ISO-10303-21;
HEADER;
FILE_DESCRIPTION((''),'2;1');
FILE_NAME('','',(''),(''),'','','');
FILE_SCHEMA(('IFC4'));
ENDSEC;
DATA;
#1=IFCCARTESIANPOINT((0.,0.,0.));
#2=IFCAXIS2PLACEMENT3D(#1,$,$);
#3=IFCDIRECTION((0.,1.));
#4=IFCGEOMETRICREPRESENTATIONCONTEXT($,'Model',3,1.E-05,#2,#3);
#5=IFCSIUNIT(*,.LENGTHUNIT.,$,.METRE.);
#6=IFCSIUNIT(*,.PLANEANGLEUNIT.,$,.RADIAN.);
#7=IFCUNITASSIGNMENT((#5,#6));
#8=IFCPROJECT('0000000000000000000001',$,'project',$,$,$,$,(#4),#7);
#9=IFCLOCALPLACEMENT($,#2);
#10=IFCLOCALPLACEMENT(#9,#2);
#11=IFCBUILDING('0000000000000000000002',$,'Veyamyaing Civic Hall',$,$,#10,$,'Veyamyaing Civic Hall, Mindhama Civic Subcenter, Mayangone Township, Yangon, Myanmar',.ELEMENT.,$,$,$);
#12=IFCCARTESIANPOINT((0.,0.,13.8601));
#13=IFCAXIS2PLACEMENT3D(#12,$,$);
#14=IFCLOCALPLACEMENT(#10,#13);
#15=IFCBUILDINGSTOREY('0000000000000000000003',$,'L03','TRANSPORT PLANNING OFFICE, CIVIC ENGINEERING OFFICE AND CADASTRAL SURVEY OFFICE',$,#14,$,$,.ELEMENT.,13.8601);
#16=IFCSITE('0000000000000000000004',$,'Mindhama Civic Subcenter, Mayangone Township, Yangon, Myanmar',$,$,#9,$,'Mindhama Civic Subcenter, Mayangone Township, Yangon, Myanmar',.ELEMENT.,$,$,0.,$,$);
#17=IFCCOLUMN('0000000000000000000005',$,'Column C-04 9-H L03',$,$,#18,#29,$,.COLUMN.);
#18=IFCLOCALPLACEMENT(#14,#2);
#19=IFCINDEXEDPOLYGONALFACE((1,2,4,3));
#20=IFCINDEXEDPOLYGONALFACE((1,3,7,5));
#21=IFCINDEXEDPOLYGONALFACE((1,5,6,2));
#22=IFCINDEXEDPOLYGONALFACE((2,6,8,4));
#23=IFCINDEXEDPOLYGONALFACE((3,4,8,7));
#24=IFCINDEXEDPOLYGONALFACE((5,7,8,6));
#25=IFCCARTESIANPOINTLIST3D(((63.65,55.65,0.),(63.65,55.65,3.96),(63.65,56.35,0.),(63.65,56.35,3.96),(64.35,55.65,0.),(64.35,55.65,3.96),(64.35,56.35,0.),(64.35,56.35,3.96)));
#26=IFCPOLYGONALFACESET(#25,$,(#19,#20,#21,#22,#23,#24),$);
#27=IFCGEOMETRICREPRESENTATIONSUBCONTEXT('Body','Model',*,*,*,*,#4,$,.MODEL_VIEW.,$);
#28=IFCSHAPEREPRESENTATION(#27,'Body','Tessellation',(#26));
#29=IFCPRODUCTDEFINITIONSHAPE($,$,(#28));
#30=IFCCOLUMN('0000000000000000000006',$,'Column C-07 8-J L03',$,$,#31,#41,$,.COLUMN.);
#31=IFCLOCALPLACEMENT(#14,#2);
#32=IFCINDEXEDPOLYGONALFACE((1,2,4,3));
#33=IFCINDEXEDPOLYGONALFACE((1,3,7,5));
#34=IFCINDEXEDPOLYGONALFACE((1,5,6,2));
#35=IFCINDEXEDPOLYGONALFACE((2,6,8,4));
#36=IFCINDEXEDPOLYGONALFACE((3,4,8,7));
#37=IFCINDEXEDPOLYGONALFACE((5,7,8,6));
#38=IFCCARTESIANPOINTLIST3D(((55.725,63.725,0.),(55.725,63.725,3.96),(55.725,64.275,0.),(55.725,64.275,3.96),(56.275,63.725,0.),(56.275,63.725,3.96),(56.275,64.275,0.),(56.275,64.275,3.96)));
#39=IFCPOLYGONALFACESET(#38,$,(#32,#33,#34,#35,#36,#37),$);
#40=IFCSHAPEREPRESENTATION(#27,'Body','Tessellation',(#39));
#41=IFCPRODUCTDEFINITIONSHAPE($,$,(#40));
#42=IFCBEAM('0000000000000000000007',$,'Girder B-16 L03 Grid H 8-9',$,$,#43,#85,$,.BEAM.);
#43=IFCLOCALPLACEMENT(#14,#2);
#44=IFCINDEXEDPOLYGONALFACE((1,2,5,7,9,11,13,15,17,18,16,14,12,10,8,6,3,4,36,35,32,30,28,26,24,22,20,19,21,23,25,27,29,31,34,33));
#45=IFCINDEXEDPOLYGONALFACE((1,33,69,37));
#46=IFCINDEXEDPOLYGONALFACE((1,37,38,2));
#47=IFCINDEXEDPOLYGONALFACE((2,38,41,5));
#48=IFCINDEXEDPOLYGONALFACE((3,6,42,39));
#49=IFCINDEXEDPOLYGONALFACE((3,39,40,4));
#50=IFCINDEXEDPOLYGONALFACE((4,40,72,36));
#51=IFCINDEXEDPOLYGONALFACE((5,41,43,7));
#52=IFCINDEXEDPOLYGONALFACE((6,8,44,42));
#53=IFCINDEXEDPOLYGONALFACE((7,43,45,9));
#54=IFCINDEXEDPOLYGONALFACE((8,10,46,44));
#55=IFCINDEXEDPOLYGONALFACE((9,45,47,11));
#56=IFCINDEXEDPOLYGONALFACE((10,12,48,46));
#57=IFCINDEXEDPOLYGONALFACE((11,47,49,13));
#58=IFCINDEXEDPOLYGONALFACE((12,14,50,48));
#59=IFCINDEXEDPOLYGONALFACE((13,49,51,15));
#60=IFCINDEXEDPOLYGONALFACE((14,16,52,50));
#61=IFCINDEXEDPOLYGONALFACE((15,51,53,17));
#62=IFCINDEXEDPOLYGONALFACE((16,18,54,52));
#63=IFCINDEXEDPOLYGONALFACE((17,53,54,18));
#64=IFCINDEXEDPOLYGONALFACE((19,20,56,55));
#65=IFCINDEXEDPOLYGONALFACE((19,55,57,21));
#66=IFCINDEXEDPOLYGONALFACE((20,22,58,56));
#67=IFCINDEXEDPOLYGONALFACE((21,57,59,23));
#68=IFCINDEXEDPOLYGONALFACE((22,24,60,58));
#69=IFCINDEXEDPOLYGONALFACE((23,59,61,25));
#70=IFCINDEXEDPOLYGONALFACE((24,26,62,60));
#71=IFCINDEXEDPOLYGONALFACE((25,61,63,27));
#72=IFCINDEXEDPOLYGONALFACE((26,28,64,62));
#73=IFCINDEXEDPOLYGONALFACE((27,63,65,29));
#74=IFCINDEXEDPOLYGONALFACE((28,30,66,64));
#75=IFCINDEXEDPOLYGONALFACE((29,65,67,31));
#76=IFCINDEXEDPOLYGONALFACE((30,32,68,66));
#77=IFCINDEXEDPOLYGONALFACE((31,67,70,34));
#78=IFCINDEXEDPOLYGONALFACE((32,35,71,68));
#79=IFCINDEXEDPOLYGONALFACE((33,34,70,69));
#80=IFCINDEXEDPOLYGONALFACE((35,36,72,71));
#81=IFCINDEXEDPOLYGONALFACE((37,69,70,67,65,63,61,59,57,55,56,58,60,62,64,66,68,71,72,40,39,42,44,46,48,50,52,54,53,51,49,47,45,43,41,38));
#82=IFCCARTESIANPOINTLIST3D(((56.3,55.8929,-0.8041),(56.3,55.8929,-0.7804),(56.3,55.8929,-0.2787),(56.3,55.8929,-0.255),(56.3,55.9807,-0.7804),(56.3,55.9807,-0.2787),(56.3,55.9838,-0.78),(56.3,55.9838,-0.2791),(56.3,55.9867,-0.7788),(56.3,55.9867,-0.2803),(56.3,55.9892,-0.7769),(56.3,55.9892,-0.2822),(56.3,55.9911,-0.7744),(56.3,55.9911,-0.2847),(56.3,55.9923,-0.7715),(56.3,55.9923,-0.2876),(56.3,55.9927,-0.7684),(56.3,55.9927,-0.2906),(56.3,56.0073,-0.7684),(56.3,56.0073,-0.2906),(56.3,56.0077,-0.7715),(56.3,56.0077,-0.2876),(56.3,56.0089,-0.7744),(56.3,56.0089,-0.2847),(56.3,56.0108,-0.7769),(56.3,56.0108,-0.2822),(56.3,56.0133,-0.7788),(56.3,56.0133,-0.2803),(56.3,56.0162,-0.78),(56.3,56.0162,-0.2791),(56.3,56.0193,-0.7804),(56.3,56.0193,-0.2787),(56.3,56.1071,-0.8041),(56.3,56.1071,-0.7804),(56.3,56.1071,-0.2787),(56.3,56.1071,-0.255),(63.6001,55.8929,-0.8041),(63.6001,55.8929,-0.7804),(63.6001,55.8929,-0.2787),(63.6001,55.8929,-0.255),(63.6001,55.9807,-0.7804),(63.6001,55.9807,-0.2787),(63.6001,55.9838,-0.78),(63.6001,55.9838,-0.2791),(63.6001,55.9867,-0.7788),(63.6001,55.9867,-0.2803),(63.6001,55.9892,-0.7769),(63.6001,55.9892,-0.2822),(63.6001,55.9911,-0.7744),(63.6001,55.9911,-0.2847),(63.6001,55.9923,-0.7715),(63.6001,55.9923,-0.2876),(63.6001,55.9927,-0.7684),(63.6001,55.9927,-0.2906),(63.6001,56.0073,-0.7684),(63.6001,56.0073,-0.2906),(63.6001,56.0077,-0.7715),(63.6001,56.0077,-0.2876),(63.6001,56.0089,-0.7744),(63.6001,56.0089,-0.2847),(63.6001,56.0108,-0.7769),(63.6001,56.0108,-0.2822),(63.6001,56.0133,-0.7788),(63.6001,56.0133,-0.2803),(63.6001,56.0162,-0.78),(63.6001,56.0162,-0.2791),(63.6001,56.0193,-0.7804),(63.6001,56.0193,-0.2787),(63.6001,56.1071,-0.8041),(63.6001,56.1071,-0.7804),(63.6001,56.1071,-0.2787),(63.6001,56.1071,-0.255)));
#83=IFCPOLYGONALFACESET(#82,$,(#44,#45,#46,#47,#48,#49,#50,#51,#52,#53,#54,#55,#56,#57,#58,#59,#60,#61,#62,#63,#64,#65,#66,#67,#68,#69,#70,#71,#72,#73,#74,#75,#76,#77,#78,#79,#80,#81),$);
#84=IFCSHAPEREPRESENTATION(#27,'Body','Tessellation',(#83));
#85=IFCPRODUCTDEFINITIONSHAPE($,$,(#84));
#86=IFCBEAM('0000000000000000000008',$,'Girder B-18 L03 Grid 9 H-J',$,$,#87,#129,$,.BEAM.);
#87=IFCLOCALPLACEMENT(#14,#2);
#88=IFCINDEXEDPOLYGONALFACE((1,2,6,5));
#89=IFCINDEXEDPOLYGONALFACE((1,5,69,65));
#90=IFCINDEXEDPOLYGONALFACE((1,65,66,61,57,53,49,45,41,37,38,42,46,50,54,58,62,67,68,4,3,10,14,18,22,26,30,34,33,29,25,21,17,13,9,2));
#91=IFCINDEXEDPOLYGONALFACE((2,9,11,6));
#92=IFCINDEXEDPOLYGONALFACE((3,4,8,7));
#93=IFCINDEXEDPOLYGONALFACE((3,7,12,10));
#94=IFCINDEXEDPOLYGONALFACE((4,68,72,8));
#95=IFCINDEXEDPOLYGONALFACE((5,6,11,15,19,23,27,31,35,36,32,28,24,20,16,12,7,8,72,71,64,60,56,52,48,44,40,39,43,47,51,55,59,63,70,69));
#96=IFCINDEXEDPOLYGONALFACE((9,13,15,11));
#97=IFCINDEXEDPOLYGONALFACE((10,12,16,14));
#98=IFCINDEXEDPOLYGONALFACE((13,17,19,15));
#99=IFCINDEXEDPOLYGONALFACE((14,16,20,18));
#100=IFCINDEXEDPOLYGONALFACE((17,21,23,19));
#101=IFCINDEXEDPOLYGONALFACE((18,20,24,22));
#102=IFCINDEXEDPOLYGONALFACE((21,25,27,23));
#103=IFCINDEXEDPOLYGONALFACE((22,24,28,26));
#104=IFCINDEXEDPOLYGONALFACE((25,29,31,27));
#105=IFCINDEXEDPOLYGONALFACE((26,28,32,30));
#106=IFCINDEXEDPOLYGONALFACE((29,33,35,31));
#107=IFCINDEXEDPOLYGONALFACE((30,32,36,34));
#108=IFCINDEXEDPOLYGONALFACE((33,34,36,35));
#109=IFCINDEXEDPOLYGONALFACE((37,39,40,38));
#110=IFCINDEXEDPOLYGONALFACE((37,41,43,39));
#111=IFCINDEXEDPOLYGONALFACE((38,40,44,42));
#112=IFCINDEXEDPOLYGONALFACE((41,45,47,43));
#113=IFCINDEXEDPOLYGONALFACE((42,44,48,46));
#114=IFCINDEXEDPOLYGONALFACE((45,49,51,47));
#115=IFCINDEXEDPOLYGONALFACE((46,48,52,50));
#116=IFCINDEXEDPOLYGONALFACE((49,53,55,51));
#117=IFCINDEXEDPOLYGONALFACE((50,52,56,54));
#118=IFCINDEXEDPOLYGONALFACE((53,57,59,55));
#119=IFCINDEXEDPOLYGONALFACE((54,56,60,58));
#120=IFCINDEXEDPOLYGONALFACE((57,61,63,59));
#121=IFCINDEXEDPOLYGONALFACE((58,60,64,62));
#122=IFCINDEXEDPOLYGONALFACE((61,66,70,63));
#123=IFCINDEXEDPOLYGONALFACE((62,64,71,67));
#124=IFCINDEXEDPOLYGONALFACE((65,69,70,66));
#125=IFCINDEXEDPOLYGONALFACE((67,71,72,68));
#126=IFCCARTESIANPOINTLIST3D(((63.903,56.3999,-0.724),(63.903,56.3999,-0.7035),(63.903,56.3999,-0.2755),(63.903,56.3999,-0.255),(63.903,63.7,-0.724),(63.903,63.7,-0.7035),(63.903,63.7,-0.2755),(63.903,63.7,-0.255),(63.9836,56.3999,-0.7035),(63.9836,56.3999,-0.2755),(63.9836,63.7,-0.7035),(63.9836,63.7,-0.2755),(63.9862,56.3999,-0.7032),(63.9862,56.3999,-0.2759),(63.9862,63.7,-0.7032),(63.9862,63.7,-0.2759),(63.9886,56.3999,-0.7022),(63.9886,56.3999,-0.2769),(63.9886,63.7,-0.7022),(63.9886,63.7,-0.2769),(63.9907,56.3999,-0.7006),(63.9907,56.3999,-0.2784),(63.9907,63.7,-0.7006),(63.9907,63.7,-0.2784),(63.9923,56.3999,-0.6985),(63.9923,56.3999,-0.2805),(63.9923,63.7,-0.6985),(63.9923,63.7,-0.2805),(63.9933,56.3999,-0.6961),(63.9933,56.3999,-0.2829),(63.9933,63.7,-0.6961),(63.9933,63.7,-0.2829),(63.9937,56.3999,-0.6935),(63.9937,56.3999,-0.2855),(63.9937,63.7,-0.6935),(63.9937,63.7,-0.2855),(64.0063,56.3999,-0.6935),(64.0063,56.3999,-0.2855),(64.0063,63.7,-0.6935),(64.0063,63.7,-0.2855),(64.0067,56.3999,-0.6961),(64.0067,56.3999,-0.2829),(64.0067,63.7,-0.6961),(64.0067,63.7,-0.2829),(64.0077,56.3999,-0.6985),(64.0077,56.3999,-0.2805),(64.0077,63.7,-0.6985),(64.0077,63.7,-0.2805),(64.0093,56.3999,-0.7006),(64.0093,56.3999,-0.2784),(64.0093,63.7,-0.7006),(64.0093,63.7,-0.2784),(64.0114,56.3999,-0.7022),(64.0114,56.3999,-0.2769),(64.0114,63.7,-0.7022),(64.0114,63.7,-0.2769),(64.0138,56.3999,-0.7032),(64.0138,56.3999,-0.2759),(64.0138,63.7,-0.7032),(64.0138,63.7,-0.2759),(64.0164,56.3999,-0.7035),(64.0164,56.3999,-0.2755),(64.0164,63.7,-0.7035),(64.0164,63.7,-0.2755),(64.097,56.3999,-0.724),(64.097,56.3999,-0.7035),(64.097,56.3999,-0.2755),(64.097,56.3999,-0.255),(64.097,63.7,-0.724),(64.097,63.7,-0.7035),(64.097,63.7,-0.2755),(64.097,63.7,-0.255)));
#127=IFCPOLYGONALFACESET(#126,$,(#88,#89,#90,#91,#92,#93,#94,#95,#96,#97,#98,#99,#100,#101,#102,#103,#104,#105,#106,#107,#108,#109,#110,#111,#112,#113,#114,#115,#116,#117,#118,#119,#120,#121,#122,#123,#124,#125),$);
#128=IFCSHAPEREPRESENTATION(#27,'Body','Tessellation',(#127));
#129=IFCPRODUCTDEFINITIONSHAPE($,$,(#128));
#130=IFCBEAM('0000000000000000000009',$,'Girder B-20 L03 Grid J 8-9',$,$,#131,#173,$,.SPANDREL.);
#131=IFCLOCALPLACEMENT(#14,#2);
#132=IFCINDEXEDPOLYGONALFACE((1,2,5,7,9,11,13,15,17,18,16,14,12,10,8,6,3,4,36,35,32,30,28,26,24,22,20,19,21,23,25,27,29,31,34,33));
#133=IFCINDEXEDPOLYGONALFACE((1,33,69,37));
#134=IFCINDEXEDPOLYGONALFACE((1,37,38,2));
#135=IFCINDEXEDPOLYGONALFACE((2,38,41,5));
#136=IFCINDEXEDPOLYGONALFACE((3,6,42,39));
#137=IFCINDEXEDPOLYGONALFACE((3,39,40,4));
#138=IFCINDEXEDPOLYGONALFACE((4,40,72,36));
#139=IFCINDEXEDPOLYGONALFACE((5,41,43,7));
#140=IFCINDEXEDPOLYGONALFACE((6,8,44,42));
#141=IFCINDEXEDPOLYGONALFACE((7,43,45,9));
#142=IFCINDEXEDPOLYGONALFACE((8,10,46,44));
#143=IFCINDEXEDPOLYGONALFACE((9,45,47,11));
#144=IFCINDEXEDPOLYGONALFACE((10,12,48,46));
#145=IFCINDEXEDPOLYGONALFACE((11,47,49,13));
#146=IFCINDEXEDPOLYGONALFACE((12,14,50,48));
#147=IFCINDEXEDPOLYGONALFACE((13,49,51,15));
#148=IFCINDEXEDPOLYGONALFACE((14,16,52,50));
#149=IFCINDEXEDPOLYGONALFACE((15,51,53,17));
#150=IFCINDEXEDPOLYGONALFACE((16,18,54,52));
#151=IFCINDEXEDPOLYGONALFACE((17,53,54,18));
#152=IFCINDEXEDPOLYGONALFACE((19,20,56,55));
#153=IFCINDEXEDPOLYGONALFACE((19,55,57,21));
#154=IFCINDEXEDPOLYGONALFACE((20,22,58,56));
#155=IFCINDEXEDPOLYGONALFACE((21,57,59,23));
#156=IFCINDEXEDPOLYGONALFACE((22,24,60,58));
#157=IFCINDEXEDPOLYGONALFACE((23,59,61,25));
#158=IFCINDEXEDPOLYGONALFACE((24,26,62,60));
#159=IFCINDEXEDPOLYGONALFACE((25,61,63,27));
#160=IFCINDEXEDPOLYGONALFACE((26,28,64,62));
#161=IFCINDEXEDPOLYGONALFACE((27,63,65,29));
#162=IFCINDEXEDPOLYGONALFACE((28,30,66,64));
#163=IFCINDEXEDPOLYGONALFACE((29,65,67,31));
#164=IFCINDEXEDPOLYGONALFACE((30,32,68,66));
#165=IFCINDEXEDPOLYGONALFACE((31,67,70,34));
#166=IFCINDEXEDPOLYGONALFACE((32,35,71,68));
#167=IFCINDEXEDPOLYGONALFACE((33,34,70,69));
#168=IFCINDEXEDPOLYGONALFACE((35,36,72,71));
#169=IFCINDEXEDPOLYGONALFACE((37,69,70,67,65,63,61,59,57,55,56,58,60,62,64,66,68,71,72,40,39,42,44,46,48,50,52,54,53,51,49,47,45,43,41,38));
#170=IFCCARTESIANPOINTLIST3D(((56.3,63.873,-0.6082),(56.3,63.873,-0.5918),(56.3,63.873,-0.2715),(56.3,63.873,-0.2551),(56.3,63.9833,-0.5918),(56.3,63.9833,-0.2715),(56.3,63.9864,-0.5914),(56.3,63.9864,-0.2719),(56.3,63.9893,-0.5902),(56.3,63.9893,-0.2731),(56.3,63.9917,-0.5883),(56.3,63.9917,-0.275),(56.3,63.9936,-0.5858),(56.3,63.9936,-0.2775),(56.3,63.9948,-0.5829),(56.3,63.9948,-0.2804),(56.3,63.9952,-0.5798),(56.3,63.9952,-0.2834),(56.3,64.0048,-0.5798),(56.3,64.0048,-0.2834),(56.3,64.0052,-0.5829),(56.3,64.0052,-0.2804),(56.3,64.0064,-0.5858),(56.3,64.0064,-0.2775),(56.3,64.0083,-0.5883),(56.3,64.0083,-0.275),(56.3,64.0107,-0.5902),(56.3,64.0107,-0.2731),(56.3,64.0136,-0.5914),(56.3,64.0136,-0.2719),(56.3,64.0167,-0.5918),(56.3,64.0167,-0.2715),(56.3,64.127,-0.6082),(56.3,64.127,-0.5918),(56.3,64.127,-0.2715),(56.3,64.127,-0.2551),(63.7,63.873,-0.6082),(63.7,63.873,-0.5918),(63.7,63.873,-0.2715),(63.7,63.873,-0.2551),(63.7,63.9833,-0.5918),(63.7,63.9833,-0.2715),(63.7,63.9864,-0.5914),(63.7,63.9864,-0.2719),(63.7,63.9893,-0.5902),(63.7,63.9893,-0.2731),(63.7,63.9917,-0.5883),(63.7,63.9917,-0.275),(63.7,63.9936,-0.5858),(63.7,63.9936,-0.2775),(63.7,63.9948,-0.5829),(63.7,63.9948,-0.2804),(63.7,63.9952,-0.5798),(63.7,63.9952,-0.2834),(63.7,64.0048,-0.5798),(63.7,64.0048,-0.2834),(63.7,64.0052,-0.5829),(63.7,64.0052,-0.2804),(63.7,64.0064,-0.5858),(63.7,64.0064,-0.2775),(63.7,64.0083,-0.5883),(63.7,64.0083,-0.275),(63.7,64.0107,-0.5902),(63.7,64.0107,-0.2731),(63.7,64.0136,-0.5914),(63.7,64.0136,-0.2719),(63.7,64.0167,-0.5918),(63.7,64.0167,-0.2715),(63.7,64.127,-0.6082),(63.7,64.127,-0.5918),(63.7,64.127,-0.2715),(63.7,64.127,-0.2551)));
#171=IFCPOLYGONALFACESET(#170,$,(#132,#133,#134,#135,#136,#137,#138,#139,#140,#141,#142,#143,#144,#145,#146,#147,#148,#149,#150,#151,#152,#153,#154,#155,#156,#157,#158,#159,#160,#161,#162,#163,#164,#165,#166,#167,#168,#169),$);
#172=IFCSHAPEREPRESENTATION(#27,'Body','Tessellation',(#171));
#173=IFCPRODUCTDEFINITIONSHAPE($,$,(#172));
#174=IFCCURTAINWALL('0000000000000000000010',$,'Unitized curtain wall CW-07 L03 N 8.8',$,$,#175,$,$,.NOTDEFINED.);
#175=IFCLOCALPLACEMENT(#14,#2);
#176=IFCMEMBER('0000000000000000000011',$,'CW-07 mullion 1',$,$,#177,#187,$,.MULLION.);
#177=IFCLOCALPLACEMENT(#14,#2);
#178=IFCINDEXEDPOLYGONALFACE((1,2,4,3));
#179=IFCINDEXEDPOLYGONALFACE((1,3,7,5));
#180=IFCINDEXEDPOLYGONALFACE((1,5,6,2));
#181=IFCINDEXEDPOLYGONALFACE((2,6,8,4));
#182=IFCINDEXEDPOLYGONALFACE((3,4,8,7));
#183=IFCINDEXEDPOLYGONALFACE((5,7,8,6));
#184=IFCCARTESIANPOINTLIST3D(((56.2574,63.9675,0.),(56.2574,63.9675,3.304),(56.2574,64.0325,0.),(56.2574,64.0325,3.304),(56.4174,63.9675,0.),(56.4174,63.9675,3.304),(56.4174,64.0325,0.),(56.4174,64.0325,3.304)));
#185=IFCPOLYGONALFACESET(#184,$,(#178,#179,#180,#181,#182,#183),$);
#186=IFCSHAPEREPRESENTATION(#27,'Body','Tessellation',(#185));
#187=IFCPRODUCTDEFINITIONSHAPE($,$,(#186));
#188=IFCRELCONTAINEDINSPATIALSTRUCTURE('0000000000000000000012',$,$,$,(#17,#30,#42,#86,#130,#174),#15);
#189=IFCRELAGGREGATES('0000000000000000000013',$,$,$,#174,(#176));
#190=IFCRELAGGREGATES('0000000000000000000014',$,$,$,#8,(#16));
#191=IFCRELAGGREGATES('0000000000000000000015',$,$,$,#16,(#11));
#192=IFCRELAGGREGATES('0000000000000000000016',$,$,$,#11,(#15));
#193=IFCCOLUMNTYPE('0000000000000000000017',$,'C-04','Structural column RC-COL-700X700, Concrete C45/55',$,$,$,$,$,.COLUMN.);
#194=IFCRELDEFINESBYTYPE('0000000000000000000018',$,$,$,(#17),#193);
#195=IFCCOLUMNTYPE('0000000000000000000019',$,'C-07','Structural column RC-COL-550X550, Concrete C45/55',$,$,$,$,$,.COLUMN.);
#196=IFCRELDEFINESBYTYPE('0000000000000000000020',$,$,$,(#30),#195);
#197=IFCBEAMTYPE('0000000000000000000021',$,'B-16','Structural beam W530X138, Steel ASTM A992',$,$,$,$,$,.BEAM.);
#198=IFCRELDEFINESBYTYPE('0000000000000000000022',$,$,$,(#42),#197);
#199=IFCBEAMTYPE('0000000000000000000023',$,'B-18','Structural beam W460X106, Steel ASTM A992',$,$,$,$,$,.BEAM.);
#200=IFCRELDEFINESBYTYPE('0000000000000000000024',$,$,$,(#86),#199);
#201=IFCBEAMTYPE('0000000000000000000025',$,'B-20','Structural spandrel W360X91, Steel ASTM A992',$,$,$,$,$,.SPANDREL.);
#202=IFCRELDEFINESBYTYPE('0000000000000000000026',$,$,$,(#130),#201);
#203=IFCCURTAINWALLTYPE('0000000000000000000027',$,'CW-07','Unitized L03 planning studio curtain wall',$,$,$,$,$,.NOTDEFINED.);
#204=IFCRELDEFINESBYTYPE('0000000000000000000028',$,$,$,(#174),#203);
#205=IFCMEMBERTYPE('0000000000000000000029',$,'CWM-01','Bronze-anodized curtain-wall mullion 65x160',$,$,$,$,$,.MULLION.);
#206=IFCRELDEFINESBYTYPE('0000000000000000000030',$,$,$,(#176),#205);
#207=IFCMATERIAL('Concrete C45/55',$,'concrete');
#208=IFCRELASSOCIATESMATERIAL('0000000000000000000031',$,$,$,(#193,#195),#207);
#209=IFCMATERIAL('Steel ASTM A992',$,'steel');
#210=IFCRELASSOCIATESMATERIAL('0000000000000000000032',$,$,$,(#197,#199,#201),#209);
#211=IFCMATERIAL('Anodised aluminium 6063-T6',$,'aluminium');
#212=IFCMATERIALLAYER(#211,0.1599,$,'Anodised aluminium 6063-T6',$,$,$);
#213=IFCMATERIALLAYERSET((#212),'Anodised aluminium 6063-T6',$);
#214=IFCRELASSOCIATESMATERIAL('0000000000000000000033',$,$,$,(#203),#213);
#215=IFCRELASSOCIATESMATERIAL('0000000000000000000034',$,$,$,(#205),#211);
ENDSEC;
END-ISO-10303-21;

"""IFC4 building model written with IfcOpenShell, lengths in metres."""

from ifc_helpers import new_model, si_unit, direction, frame, origin, origin_2d, place, context, subcontext, project, spatial, rectangle, i_section, extrude, material, layer, layer_set, material_profile, profile_set, type_object, element, aggregate, save


model = new_model("IFC4")

# Units and contexts
model_context = context("Model", 3, precision=1e-05, world=origin(), true_north=direction((0.0, 1.0)))
body_context = subcontext(model_context, "Body", "Model", "MODEL_VIEW")
ifc_project = project(units=[si_unit("LENGTHUNIT", "METRE"), si_unit("PLANEANGLEUNIT", "RADIAN")], contexts=[model_context])

# Site, building, storey
site_placement = place(None, origin())
site = spatial("IfcSite", under=ifc_project, at=site_placement, Name="Mindhama Civic Subcenter, Mayangone Township, Yangon, Myanmar", LongName="Mindhama Civic Subcenter, Mayangone Township, Yangon, Myanmar", CompositionType="ELEMENT", RefElevation=0.0)
building_placement = place(site_placement, origin())
building = spatial("IfcBuilding", under=site, at=building_placement, Name="Veyamyaing Civic Hall", LongName="Veyamyaing Civic Hall, Mindhama Civic Subcenter, Mayangone Township, Yangon, Myanmar", CompositionType="ELEMENT")
storey_placement = place(building_placement, frame((0.0, 0.0, 13.8601)))
storey = spatial("IfcBuildingStorey", under=building, at=storey_placement, Name="L03", Description="TRANSPORT PLANNING OFFICE, CIVIC ENGINEERING OFFICE AND CADASTRAL SURVEY OFFICE", CompositionType="ELEMENT", Elevation=13.8601)

# Columns
ifc_material_1 = material(Name="Concrete C45/55", Category="concrete")
ifc_material_profile_1 = material_profile(ifc_material_1, rectangle(XDim=0.7, YDim=0.7, at=origin_2d()), Name="RC-COL-700X700")
ifc_profile_set_1 = profile_set([ifc_material_profile_1], Name="Concrete C45/55")
column_type_1 = type_object("IfcColumnType", Name="C-04", Description="Structural column RC-COL-700X700, Concrete C45/55", PredefinedType="COLUMN", material=ifc_profile_set_1)
column_1_placement = place(storey_placement, frame((64.0, 56.0, 0.0), z_axis=(0.0, 0.0, 1.0), x_axis=(1.0, 0.0, 0.0)))
element("IfcColumn", 1, at=column_1_placement, inside=storey, type_object=column_type_1, Name="Column C-04 9-H L03", PredefinedType="COLUMN", context=body_context, shape_type="SweptSolid", body=[
    extrude(rectangle(XDim=0.7, YDim=0.7, at=origin_2d()), origin(), (0.0, 0.0, 1.0), 3.96),
])
ifc_material_profile_2 = material_profile(ifc_material_1, rectangle(XDim=0.55, YDim=0.55, at=origin_2d()), Name="RC-COL-550X550")
ifc_profile_set_2 = profile_set([ifc_material_profile_2], Name="Concrete C45/55")
column_type_2 = type_object("IfcColumnType", Name="C-07", Description="Structural column RC-COL-550X550, Concrete C45/55", PredefinedType="COLUMN", material=ifc_profile_set_2)
column_2_placement = place(storey_placement, frame((56.0, 64.0, 0.0), z_axis=(0.0, 0.0, 1.0), x_axis=(1.0, 0.0, 0.0)))
element("IfcColumn", 2, at=column_2_placement, inside=storey, type_object=column_type_2, Name="Column C-07 8-J L03", PredefinedType="COLUMN", context=body_context, shape_type="SweptSolid", body=[
    extrude(rectangle(XDim=0.55, YDim=0.55, at=origin_2d()), origin(), (0.0, 0.0, 1.0), 3.96),
])

# Beams
ifc_material_2 = material(Name="Steel ASTM A992", Category="steel")
ifc_material_profile_3 = material_profile(ifc_material_2, i_section(OverallWidth=0.2141, OverallDepth=0.5491, WebThickness=0.0146, FlangeThickness=0.0237, FilletRadius=0.012, at=origin_2d()), Name="W530X138")
ifc_profile_set_3 = profile_set([ifc_material_profile_3], Name="Steel ASTM A992")
beam_type_1 = type_object("IfcBeamType", Name="B-16", Description="Structural beam W530X138, Steel ASTM A992", PredefinedType="BEAM", material=ifc_profile_set_3)
beam_1_placement = place(storey_placement, frame((56.3, 56.0, -0.5295), z_axis=(1.0, 0.0, 0.0), x_axis=(0.0, 1.0, 0.0)))
element("IfcBeam", 3, at=beam_1_placement, inside=storey, type_object=beam_type_1, Name="Girder B-16 L03 Grid H 8-9", PredefinedType="BEAM", context=body_context, shape_type="SweptSolid", body=[
    extrude(i_section(OverallWidth=0.2141, OverallDepth=0.5491, WebThickness=0.0146, FlangeThickness=0.0237, FilletRadius=0.012, at=origin_2d()), origin(), (0.0, 0.0, 1.0), 7.3),
])
ifc_material_profile_4 = material_profile(ifc_material_2, i_section(OverallWidth=0.1941, OverallDepth=0.469, WebThickness=0.0127, FlangeThickness=0.0205, FilletRadius=0.01, at=origin_2d()), Name="W460X106")
ifc_profile_set_4 = profile_set([ifc_material_profile_4], Name="Steel ASTM A992")
beam_type_2 = type_object("IfcBeamType", Name="B-18", Description="Structural beam W460X106, Steel ASTM A992", PredefinedType="BEAM", material=ifc_profile_set_4)
beam_2_placement = place(storey_placement, frame((64.0, 56.3999, -0.4895), z_axis=(0.0, 1.0, 0.0), x_axis=(-1.0, 0.0, 0.0)))
element("IfcBeam", 4, at=beam_2_placement, inside=storey, type_object=beam_type_2, Name="Girder B-18 L03 Grid 9 H-J", PredefinedType="BEAM", context=body_context, shape_type="SweptSolid", body=[
    extrude(i_section(OverallWidth=0.1941, OverallDepth=0.469, WebThickness=0.0127, FlangeThickness=0.0205, FilletRadius=0.01, at=origin_2d()), origin(), (0.0, 0.0, 1.0), 7.3),
])
ifc_material_profile_5 = material_profile(ifc_material_2, i_section(OverallWidth=0.2539, OverallDepth=0.353, WebThickness=0.0095, FlangeThickness=0.0164, FilletRadius=0.012, at=origin_2d()), Name="W360X91")
ifc_profile_set_5 = profile_set([ifc_material_profile_5], Name="Steel ASTM A992")
beam_type_3 = type_object("IfcBeamType", Name="B-20", Description="Structural spandrel W360X91, Steel ASTM A992", PredefinedType="SPANDREL", material=ifc_profile_set_5)
beam_3_placement = place(storey_placement, frame((56.3, 64.0, -0.4316), z_axis=(1.0, 0.0, 0.0), x_axis=(0.0, 1.0, 0.0)))
element("IfcBeam", 5, at=beam_3_placement, inside=storey, type_object=beam_type_3, Name="Girder B-20 L03 Grid J 8-9", PredefinedType="SPANDREL", context=body_context, shape_type="SweptSolid", body=[
    extrude(i_section(OverallWidth=0.2539, OverallDepth=0.353, WebThickness=0.0095, FlangeThickness=0.0164, FilletRadius=0.012, at=origin_2d()), origin(), (0.0, 0.0, 1.0), 7.3999),
])

# Curtain wall, member
ifc_material_3 = material(Name="Anodised aluminium 6063-T6", Category="aluminium")
ifc_layer_1 = layer(ifc_material_3, 0.1599, Name="Anodised aluminium 6063-T6")
ifc_layer_set_1 = layer_set([ifc_layer_1], Name="Anodised aluminium 6063-T6")
curtain_wall_type = type_object("IfcCurtainWallType", Name="CW-07", Description="Unitized L03 planning studio curtain wall", PredefinedType="NOTDEFINED", material=ifc_layer_set_1)
curtain_wall_1_placement = place(storey_placement, origin())
curtain_wall_1 = element("IfcCurtainWall", 6, at=curtain_wall_1_placement, inside=storey, type_object=curtain_wall_type, Name="Unitized curtain wall CW-07 L03 N 8.8", PredefinedType="NOTDEFINED")
ifc_material_profile_6 = material_profile(ifc_material_3, rectangle(XDim=0.0649, YDim=0.1599, at=origin_2d()), Name="ALU-MUL-65X160")
ifc_profile_set_6 = profile_set([ifc_material_profile_6], Name="Anodised aluminium 6063-T6")
member_type_1 = type_object("IfcMemberType", Name="CWM-01", Description="Bronze-anodized curtain-wall mullion 65x160", PredefinedType="MULLION", material=ifc_profile_set_6)
member_1_placement = place(storey_placement, frame((56.3374, 64.0, 0.0), z_axis=(0.0, 0.0, 1.0), x_axis=(0.0, 1.0, 0.0)))
member_1 = element("IfcMember", 7, at=member_1_placement, type_object=member_type_1, Name="CW-07 mullion 1", PredefinedType="MULLION", context=body_context, shape_type="SweptSolid", body=[
    extrude(rectangle(XDim=0.0649, YDim=0.1599, at=origin_2d()), origin(), (0.0, 0.0, 1.0), 3.304),
])

aggregate(curtain_wall_1, [member_1])

save(model, "model.ifc")
